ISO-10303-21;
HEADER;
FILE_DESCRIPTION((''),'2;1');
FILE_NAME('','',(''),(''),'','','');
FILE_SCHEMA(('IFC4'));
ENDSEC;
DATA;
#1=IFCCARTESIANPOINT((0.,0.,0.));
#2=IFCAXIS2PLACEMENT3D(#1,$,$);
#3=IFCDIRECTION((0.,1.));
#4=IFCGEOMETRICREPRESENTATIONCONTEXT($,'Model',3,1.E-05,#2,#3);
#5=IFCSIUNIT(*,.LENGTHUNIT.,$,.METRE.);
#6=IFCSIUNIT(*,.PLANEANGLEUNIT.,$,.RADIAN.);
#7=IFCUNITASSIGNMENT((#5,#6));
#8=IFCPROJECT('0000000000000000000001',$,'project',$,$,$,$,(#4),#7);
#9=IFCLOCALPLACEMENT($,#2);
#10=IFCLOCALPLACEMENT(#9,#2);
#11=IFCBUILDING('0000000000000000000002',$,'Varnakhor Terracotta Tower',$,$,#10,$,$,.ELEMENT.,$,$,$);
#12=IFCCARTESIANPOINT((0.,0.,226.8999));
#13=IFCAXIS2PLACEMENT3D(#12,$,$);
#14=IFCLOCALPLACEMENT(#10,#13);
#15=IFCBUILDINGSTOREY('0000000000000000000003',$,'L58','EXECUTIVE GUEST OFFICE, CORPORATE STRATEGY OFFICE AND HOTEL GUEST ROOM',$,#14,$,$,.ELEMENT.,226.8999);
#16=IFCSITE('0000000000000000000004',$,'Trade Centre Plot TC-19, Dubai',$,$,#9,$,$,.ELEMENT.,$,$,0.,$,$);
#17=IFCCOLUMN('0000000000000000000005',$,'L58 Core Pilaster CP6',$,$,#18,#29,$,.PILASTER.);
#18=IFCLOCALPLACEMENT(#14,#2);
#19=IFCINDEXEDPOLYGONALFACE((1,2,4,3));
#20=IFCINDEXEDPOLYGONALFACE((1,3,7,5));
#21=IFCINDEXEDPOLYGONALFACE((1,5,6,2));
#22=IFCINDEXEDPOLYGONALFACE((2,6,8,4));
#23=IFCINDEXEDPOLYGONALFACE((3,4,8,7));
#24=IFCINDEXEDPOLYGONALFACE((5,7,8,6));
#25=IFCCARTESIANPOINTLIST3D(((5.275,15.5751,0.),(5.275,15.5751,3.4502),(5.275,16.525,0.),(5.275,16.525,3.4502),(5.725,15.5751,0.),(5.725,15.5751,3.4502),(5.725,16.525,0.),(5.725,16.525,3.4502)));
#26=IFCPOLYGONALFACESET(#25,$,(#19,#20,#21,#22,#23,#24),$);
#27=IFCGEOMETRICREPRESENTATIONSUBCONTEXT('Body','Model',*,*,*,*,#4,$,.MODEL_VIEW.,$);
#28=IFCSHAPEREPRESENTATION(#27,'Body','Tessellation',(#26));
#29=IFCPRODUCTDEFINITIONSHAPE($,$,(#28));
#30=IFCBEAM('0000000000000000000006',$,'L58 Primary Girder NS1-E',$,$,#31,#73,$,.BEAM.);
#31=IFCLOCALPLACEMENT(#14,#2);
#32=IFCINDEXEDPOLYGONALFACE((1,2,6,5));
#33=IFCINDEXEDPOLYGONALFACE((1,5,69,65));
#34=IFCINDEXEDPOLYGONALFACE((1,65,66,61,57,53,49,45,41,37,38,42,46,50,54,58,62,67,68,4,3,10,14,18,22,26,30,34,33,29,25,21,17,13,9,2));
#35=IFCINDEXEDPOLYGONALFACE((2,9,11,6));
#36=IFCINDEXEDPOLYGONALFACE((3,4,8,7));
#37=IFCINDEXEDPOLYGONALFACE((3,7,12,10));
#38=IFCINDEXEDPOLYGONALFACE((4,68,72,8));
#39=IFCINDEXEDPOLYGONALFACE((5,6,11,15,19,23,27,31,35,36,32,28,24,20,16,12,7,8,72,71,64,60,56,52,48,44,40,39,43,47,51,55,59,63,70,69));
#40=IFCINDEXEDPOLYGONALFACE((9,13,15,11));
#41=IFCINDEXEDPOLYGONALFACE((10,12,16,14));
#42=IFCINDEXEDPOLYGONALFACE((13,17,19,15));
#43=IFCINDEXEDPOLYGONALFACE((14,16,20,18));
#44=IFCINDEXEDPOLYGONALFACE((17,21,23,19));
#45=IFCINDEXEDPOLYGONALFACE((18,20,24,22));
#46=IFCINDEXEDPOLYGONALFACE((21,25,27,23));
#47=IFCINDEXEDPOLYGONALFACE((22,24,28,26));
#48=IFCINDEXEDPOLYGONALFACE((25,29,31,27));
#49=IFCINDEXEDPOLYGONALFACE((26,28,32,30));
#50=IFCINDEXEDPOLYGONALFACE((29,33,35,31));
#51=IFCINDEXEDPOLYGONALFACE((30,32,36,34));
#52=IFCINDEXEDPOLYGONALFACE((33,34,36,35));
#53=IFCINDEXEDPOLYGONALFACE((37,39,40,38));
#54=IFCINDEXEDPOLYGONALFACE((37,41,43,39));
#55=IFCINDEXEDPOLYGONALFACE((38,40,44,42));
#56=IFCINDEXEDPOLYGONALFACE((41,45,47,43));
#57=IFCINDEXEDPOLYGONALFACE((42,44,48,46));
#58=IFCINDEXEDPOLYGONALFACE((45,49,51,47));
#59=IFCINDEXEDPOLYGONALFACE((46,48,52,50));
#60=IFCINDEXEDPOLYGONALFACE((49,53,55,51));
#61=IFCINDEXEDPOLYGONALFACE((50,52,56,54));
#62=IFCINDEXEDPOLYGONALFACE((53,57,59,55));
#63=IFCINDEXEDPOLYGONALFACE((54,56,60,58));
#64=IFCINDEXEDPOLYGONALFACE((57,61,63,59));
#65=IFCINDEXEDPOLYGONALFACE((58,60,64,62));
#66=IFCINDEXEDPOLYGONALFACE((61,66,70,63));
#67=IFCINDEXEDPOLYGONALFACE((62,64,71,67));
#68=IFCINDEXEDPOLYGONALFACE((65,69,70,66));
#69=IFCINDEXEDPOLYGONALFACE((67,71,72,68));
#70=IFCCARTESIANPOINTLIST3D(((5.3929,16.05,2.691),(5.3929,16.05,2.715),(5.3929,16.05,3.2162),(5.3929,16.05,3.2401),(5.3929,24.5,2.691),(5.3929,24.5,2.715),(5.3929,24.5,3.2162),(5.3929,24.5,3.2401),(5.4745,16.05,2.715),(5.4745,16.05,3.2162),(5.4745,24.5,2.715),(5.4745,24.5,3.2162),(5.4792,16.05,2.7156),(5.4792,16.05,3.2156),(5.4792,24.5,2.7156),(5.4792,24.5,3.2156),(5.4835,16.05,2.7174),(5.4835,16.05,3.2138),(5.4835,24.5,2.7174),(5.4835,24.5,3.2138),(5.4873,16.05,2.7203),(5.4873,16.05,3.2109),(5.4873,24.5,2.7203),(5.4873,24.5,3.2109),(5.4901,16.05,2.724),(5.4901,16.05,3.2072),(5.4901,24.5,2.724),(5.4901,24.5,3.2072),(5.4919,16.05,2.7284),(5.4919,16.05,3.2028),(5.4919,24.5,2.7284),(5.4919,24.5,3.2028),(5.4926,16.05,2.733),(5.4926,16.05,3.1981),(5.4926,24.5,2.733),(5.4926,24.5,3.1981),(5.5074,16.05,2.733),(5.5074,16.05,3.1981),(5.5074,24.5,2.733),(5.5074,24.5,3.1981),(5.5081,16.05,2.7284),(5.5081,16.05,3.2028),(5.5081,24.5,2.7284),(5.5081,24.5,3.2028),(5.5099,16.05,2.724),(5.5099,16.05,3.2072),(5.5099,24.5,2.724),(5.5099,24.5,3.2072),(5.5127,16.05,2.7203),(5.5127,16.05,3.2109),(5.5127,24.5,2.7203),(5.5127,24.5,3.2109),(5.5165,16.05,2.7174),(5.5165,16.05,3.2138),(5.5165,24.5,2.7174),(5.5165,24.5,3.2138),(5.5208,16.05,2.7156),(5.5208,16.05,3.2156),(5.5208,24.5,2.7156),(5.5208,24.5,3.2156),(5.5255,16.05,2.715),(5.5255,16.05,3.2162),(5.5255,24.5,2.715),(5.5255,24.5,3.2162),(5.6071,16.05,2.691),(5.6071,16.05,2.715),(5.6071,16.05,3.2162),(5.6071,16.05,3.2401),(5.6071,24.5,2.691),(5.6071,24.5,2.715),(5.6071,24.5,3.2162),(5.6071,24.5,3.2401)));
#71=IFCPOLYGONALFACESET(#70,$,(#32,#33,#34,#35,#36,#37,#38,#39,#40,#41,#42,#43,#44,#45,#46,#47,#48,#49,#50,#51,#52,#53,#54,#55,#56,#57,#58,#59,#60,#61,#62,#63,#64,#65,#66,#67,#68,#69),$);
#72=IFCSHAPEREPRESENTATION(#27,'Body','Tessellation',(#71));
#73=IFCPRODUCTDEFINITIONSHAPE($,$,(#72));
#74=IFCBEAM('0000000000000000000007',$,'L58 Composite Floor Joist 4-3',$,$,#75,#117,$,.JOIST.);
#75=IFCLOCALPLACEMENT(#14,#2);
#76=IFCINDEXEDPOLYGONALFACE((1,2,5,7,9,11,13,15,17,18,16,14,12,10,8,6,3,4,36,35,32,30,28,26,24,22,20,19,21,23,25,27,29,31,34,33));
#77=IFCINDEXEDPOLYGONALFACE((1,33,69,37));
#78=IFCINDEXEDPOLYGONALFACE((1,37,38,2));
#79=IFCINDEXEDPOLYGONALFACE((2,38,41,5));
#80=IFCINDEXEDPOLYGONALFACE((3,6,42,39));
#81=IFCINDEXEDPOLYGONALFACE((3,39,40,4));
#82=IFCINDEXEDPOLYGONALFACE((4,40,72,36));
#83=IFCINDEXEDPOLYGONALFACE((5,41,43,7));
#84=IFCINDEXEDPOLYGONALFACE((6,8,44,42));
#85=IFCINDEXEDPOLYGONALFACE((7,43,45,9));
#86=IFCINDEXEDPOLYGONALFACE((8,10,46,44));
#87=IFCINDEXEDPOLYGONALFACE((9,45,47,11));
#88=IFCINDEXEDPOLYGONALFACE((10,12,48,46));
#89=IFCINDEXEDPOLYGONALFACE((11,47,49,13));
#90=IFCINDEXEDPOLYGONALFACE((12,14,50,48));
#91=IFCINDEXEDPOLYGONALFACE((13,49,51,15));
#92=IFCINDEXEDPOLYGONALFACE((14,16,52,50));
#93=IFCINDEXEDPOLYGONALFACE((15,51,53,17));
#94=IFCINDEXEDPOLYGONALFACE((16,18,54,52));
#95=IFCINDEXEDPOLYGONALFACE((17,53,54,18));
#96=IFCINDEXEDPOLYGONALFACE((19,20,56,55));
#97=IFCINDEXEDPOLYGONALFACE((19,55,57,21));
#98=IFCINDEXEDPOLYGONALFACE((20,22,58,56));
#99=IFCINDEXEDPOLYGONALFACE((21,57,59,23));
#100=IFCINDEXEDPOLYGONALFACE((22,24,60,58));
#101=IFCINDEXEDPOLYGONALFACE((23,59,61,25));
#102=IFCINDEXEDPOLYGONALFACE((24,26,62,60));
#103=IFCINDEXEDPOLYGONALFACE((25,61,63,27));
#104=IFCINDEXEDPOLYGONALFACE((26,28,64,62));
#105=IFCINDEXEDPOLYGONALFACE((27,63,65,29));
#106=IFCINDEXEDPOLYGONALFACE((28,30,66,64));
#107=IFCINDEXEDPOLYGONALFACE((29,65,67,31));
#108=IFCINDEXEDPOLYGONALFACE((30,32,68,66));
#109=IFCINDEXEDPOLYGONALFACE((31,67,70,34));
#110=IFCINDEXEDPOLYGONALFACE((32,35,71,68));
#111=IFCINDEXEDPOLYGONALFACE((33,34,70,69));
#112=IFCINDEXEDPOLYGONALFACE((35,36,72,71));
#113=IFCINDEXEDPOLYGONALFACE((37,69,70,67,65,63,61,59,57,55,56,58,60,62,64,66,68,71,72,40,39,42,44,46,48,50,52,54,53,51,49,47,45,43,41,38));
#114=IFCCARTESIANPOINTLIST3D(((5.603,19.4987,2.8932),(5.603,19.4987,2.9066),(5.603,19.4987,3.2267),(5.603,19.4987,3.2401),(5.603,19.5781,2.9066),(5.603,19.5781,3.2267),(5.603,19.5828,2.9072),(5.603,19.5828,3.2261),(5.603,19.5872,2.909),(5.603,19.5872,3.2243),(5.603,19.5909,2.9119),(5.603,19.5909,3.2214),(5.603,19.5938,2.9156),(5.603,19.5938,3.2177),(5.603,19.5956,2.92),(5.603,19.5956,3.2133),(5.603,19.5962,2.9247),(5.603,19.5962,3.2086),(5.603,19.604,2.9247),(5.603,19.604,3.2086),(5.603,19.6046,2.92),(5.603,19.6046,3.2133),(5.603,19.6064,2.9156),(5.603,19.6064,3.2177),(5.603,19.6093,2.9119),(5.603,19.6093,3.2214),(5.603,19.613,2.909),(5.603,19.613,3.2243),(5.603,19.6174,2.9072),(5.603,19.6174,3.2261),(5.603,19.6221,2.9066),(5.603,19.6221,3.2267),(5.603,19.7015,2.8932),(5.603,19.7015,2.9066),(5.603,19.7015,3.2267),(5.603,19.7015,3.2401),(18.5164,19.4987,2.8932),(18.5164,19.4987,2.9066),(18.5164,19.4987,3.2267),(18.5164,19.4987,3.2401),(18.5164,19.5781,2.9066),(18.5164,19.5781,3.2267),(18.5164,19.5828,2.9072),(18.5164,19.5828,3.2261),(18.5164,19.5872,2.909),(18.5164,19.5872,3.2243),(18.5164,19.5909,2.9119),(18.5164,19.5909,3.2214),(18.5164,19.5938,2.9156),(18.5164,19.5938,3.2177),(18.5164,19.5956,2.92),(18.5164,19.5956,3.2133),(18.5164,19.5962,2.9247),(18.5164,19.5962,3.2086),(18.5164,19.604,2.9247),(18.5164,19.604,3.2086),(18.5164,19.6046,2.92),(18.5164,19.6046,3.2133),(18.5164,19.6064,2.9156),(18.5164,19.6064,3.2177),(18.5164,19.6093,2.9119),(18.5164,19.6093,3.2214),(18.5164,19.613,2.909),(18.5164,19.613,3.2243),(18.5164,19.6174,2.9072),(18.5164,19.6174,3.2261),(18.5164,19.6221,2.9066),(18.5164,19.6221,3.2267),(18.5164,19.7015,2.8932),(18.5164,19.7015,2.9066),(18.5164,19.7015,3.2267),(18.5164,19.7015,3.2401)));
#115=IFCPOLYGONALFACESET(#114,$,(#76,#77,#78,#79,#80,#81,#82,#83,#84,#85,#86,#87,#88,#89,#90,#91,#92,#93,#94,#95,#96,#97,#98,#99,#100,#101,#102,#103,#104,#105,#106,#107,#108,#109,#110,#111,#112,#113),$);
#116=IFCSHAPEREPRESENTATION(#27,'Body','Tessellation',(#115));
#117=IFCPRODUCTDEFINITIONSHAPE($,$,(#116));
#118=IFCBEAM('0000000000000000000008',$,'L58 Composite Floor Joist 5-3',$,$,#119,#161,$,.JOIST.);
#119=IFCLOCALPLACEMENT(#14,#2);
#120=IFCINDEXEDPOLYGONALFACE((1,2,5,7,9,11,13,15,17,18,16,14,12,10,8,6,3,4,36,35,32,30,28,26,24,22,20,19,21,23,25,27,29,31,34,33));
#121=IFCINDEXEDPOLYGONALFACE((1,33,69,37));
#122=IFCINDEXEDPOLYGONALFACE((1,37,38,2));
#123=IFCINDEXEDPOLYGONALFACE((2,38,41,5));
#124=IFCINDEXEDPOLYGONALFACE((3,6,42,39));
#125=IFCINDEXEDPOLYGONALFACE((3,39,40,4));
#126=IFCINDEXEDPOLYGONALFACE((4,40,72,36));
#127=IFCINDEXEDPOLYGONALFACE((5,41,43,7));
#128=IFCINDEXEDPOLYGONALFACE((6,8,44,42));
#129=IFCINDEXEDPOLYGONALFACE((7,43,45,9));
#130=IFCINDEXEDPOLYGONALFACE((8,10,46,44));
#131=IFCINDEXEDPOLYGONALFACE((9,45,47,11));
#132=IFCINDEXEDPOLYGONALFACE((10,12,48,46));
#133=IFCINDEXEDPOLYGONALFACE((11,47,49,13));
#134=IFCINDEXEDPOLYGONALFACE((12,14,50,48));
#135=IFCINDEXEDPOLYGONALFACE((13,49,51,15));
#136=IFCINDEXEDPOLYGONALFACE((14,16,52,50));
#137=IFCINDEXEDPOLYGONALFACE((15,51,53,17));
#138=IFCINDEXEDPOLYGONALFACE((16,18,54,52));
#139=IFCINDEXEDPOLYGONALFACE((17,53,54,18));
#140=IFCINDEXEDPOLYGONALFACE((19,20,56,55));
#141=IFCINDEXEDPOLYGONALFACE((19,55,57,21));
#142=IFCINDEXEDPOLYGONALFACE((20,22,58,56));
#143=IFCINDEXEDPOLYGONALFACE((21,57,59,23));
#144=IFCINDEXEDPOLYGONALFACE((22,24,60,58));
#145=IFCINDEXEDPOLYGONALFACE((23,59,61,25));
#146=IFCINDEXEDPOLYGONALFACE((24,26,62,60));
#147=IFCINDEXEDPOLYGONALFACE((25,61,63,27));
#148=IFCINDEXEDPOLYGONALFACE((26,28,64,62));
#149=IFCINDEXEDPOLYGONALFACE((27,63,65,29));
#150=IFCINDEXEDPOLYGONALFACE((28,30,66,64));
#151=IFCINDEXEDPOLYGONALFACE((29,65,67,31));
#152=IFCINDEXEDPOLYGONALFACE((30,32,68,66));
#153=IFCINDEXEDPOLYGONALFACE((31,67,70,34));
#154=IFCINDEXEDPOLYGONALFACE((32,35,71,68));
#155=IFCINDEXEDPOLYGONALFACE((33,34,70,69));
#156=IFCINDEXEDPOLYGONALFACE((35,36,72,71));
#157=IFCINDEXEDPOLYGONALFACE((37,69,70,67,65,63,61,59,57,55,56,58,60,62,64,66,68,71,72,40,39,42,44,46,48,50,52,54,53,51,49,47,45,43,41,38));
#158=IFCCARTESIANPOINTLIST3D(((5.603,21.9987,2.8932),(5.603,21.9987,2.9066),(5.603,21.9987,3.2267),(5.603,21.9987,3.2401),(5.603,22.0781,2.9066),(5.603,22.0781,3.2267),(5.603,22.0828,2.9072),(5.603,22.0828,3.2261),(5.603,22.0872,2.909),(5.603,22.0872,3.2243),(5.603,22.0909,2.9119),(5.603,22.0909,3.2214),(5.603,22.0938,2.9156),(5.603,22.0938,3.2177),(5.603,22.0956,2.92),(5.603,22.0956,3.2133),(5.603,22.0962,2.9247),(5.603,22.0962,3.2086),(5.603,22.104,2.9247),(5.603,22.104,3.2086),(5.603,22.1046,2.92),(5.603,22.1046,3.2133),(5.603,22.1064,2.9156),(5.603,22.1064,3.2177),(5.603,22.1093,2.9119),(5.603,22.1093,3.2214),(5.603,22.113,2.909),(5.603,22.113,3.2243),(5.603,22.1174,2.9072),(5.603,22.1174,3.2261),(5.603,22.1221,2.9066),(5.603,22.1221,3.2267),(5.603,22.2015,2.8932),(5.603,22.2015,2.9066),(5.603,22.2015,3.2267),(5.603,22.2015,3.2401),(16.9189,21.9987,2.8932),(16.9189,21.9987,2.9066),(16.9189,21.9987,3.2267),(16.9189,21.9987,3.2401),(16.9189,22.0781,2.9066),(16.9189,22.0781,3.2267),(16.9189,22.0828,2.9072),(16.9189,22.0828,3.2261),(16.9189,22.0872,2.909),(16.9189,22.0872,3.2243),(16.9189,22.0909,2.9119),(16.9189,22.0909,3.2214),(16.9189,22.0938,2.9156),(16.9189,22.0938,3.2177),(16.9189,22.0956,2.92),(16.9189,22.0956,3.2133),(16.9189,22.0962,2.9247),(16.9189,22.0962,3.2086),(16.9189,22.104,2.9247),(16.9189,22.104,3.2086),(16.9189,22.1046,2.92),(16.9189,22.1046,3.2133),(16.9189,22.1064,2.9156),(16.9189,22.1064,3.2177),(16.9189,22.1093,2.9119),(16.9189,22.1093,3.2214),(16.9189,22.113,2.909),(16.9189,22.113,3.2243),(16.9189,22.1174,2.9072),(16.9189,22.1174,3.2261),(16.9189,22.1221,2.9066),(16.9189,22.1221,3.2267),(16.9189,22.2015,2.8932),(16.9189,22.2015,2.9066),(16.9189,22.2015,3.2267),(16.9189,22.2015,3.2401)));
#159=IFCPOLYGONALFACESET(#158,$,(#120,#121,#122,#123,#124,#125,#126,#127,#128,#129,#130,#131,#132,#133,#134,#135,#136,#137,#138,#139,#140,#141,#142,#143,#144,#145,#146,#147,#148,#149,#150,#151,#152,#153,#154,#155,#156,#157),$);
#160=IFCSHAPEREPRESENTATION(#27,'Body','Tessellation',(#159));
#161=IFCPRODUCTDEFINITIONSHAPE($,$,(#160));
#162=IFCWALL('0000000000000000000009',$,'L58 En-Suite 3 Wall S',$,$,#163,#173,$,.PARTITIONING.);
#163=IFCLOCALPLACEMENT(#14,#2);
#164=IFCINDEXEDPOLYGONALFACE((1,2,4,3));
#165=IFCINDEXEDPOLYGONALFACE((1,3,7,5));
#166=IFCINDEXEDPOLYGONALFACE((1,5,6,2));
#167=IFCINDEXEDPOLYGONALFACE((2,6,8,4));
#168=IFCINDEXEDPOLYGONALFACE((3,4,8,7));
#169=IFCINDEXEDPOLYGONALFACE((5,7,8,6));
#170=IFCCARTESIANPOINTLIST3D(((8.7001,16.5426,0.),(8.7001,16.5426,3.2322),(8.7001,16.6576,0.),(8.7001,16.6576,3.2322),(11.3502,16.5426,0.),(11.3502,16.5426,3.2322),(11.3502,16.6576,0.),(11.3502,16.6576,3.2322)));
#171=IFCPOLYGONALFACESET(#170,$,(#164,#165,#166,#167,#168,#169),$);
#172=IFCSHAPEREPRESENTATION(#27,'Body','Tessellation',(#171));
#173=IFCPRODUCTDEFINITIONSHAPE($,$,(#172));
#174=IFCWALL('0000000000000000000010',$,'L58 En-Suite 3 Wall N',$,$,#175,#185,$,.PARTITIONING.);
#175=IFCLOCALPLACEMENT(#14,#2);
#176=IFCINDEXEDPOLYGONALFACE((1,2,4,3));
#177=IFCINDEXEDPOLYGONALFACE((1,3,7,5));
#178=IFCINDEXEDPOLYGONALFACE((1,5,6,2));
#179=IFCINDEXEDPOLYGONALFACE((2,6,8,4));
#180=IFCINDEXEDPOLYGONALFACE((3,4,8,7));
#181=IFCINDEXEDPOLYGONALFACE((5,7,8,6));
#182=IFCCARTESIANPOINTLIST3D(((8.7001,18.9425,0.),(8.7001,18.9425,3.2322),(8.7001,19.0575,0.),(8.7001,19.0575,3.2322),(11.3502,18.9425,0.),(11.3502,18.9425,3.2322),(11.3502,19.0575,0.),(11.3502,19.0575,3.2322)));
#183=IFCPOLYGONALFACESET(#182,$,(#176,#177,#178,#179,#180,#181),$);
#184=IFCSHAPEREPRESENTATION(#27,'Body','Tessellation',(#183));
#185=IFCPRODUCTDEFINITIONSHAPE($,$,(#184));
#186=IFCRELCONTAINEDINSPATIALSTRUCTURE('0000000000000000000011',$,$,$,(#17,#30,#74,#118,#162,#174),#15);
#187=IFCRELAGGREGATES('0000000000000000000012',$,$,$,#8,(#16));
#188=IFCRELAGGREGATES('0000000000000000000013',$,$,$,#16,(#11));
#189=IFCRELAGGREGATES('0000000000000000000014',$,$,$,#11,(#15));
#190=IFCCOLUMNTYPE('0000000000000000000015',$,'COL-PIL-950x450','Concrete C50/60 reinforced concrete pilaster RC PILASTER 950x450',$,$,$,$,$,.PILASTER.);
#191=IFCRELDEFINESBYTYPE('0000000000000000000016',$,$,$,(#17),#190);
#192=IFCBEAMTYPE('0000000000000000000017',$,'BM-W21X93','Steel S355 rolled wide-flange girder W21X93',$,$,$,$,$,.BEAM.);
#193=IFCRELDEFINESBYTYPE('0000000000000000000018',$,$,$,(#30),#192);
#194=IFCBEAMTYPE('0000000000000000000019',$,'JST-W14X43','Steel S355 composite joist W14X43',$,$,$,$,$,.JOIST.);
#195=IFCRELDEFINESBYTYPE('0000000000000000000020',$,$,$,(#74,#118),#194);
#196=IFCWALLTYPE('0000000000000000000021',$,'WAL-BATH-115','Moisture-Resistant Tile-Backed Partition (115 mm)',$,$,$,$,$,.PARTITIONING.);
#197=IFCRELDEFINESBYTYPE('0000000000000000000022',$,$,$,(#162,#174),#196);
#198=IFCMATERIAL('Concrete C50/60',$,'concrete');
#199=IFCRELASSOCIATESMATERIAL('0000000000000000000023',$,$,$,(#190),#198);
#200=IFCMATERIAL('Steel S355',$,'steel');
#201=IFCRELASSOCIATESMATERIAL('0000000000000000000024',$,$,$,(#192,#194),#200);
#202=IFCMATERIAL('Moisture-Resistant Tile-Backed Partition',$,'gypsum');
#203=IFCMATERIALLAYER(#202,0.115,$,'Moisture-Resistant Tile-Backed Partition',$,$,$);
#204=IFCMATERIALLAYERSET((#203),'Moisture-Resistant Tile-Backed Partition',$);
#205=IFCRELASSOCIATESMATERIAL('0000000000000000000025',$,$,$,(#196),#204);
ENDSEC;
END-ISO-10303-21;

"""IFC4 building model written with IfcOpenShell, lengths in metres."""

from ifc_helpers import new_model, si_unit, direction, frame, frame_2d, origin, origin_2d, place, context, subcontext, project, spatial, rectangle, i_section, extrude, source, transform, mapped, material, layer, layer_set, material_profile, profile_set, type_object, type_shapes, element, save


model = new_model("IFC4")

# Units and contexts
model_context = context("Model", 3, precision=1e-05, world=origin(), true_north=direction((0.0, 1.0)))
body_context = subcontext(model_context, "Body", "Model", "MODEL_VIEW")
ifc_project = project(units=[si_unit("LENGTHUNIT", "METRE"), si_unit("PLANEANGLEUNIT", "RADIAN")], contexts=[model_context])

# Site, building, storey
site_placement = place(None, origin())
site = spatial("IfcSite", under=ifc_project, at=site_placement, Name="Trade Centre Plot TC-19, Dubai", CompositionType="ELEMENT", RefElevation=0.0)
building_placement = place(site_placement, origin())
building = spatial("IfcBuilding", under=site, at=building_placement, Name="Varnakhor Terracotta Tower", CompositionType="ELEMENT")
storey_placement = place(building_placement, frame((0.0, 0.0, 226.8999)))
storey = spatial("IfcBuildingStorey", under=building, at=storey_placement, Name="L58", Description="EXECUTIVE GUEST OFFICE, CORPORATE STRATEGY OFFICE AND HOTEL GUEST ROOM", CompositionType="ELEMENT", Elevation=226.8999)

# Column
ifc_material_1 = material(Name="Concrete C50/60", Category="concrete")
ifc_material_profile_1 = material_profile(ifc_material_1, rectangle(XDim=0.45, YDim=0.95, at=origin_2d()), Name="RC PILASTER 950x450")
ifc_profile_set_1 = profile_set([ifc_material_profile_1], Name="Concrete C50/60")
column_type = type_object("IfcColumnType", Name="COL-PIL-950x450", Description="Concrete C50/60 reinforced concrete pilaster RC PILASTER 950x450", PredefinedType="PILASTER", material=ifc_profile_set_1)
shared_shape_1 = source(origin(), body_context, "Body", "SweptSolid", [
    extrude(rectangle(XDim=0.45, YDim=0.95, at=origin_2d()), origin(), (0.0, 0.0, 1.0), 3.4502),
])
column_placement = place(storey_placement, frame((5.5, 16.05, 0.0), z_axis=(0.0, 0.0, 1.0), x_axis=(1.0, 0.0, 0.0)))
element("IfcColumn", 1, at=column_placement, inside=storey, type_object=column_type, Name="L58 Core Pilaster CP6", PredefinedType="PILASTER", context=body_context, shape_type="MappedRepresentation", body=[
    mapped(shared_shape_1, transform((0.0, 0.0, 0.0), scale=1.0)),
])

# Beams
ifc_material_2 = material(Name="Steel S355", Category="steel")
ifc_material_profile_2 = material_profile(ifc_material_2, i_section(OverallWidth=0.2141, OverallDepth=0.5491, WebThickness=0.0149, FlangeThickness=0.0239, FilletRadius=0.0181, at=origin_2d()), Name="W21X93")
ifc_profile_set_2 = profile_set([ifc_material_profile_2], Name="Steel S355")
beam_type_1 = type_object("IfcBeamType", Name="BM-W21X93", Description="Steel S355 rolled wide-flange girder W21X93", PredefinedType="BEAM", material=ifc_profile_set_2)
shared_shape_2 = source(origin(), body_context, "Body", "SweptSolid", [
    extrude(i_section(OverallWidth=0.2141, OverallDepth=0.5491, WebThickness=0.0149, FlangeThickness=0.0239, FilletRadius=0.0181, at=origin_2d()), origin(), (0.0, 0.0, 1.0), 8.45),
])
type_shapes(beam_type_1, [shared_shape_2])
beam_1_placement = place(storey_placement, frame((5.5, 16.05, 2.9656), z_axis=(0.0, 1.0, 0.0), x_axis=(-1.0, 0.0, 0.0)))
element("IfcBeam", 2, at=beam_1_placement, inside=storey, type_object=beam_type_1, Name="L58 Primary Girder NS1-E", PredefinedType="BEAM", context=body_context, shape_type="MappedRepresentation", body=[
    mapped(shared_shape_2, transform((0.0, 0.0, 0.0), scale=1.0)),
])
ifc_material_profile_3 = material_profile(ifc_material_2, i_section(OverallWidth=0.2029, OverallDepth=0.3469, WebThickness=0.0078, FlangeThickness=0.0134, FilletRadius=0.0181, at=origin_2d()), Name="W14X43")
ifc_profile_set_3 = profile_set([ifc_material_profile_3], Name="Steel S355")
beam_type_2 = type_object("IfcBeamType", Name="JST-W14X43", Description="Steel S355 composite joist W14X43", PredefinedType="JOIST", material=ifc_profile_set_3)
shared_shape_3 = source(origin(), body_context, "Body", "SweptSolid", [
    extrude(i_section(OverallWidth=0.2029, OverallDepth=0.3469, WebThickness=0.0078, FlangeThickness=0.0134, FilletRadius=0.0181, at=origin_2d()), origin(), (0.0, 0.0, 1.0), 12.9133),
])
beam_2_placement = place(storey_placement, frame((5.603, 19.6001, 3.0667), z_axis=(1.0, 0.0, 0.0), x_axis=(0.0, 1.0, 0.0)))
element("IfcBeam", 3, at=beam_2_placement, inside=storey, type_object=beam_type_2, Name="L58 Composite Floor Joist 4-3", PredefinedType="JOIST", context=body_context, shape_type="MappedRepresentation", body=[
    mapped(shared_shape_3, transform((0.0, 0.0, 0.0), scale=1.0)),
])
shared_shape_4 = source(origin(), body_context, "Body", "SweptSolid", [
    extrude(i_section(OverallWidth=0.2029, OverallDepth=0.3469, WebThickness=0.0078, FlangeThickness=0.0134, FilletRadius=0.0181, at=origin_2d()), origin(), (0.0, 0.0, 1.0), 11.3159),
])
beam_3_placement = place(storey_placement, frame((5.603, 22.1001, 3.0667), z_axis=(1.0, 0.0, 0.0), x_axis=(0.0, 1.0, 0.0)))
element("IfcBeam", 4, at=beam_3_placement, inside=storey, type_object=beam_type_2, Name="L58 Composite Floor Joist 5-3", PredefinedType="JOIST", context=body_context, shape_type="MappedRepresentation", body=[
    mapped(shared_shape_4, transform((0.0, 0.0, 0.0), scale=1.0)),
])

# Walls
ifc_material_3 = material(Name="Moisture-Resistant Tile-Backed Partition", Category="gypsum")
ifc_layer_1 = layer(ifc_material_3, 0.115, Name="Moisture-Resistant Tile-Backed Partition")
ifc_layer_set_1 = layer_set([ifc_layer_1], Name="Moisture-Resistant Tile-Backed Partition")
wall_type_1 = type_object("IfcWallType", Name="WAL-BATH-115", Description="Moisture-Resistant Tile-Backed Partition (115 mm)", PredefinedType="PARTITIONING", material=ifc_layer_set_1)
for number, where, z_axis, x_axis, name in (
    (5, (8.7, 16.6001, 0.0), (0.0, 0.0, 1.0), (1.0, 0.0, 0.0), "L58 En-Suite 3 Wall S"),
    (6, (8.7, 19.0, 0.0), (0.0, 0.0, 1.0), (1.0, 0.0, 0.0), "L58 En-Suite 3 Wall N"),
):
    element("IfcWall", number, at=place(storey_placement, frame(where, z_axis=z_axis, x_axis=x_axis)), inside=storey, type_object=wall_type_1, Name=name, PredefinedType="PARTITIONING", context=body_context, shape_type="SweptSolid", body=[
        extrude(rectangle(XDim=2.6501, YDim=0.115, at=frame_2d((1.3252, 0.0))), origin(), (0.0, 0.0, 1.0), 3.2322),
    ])

save(model, "model.ifc")
